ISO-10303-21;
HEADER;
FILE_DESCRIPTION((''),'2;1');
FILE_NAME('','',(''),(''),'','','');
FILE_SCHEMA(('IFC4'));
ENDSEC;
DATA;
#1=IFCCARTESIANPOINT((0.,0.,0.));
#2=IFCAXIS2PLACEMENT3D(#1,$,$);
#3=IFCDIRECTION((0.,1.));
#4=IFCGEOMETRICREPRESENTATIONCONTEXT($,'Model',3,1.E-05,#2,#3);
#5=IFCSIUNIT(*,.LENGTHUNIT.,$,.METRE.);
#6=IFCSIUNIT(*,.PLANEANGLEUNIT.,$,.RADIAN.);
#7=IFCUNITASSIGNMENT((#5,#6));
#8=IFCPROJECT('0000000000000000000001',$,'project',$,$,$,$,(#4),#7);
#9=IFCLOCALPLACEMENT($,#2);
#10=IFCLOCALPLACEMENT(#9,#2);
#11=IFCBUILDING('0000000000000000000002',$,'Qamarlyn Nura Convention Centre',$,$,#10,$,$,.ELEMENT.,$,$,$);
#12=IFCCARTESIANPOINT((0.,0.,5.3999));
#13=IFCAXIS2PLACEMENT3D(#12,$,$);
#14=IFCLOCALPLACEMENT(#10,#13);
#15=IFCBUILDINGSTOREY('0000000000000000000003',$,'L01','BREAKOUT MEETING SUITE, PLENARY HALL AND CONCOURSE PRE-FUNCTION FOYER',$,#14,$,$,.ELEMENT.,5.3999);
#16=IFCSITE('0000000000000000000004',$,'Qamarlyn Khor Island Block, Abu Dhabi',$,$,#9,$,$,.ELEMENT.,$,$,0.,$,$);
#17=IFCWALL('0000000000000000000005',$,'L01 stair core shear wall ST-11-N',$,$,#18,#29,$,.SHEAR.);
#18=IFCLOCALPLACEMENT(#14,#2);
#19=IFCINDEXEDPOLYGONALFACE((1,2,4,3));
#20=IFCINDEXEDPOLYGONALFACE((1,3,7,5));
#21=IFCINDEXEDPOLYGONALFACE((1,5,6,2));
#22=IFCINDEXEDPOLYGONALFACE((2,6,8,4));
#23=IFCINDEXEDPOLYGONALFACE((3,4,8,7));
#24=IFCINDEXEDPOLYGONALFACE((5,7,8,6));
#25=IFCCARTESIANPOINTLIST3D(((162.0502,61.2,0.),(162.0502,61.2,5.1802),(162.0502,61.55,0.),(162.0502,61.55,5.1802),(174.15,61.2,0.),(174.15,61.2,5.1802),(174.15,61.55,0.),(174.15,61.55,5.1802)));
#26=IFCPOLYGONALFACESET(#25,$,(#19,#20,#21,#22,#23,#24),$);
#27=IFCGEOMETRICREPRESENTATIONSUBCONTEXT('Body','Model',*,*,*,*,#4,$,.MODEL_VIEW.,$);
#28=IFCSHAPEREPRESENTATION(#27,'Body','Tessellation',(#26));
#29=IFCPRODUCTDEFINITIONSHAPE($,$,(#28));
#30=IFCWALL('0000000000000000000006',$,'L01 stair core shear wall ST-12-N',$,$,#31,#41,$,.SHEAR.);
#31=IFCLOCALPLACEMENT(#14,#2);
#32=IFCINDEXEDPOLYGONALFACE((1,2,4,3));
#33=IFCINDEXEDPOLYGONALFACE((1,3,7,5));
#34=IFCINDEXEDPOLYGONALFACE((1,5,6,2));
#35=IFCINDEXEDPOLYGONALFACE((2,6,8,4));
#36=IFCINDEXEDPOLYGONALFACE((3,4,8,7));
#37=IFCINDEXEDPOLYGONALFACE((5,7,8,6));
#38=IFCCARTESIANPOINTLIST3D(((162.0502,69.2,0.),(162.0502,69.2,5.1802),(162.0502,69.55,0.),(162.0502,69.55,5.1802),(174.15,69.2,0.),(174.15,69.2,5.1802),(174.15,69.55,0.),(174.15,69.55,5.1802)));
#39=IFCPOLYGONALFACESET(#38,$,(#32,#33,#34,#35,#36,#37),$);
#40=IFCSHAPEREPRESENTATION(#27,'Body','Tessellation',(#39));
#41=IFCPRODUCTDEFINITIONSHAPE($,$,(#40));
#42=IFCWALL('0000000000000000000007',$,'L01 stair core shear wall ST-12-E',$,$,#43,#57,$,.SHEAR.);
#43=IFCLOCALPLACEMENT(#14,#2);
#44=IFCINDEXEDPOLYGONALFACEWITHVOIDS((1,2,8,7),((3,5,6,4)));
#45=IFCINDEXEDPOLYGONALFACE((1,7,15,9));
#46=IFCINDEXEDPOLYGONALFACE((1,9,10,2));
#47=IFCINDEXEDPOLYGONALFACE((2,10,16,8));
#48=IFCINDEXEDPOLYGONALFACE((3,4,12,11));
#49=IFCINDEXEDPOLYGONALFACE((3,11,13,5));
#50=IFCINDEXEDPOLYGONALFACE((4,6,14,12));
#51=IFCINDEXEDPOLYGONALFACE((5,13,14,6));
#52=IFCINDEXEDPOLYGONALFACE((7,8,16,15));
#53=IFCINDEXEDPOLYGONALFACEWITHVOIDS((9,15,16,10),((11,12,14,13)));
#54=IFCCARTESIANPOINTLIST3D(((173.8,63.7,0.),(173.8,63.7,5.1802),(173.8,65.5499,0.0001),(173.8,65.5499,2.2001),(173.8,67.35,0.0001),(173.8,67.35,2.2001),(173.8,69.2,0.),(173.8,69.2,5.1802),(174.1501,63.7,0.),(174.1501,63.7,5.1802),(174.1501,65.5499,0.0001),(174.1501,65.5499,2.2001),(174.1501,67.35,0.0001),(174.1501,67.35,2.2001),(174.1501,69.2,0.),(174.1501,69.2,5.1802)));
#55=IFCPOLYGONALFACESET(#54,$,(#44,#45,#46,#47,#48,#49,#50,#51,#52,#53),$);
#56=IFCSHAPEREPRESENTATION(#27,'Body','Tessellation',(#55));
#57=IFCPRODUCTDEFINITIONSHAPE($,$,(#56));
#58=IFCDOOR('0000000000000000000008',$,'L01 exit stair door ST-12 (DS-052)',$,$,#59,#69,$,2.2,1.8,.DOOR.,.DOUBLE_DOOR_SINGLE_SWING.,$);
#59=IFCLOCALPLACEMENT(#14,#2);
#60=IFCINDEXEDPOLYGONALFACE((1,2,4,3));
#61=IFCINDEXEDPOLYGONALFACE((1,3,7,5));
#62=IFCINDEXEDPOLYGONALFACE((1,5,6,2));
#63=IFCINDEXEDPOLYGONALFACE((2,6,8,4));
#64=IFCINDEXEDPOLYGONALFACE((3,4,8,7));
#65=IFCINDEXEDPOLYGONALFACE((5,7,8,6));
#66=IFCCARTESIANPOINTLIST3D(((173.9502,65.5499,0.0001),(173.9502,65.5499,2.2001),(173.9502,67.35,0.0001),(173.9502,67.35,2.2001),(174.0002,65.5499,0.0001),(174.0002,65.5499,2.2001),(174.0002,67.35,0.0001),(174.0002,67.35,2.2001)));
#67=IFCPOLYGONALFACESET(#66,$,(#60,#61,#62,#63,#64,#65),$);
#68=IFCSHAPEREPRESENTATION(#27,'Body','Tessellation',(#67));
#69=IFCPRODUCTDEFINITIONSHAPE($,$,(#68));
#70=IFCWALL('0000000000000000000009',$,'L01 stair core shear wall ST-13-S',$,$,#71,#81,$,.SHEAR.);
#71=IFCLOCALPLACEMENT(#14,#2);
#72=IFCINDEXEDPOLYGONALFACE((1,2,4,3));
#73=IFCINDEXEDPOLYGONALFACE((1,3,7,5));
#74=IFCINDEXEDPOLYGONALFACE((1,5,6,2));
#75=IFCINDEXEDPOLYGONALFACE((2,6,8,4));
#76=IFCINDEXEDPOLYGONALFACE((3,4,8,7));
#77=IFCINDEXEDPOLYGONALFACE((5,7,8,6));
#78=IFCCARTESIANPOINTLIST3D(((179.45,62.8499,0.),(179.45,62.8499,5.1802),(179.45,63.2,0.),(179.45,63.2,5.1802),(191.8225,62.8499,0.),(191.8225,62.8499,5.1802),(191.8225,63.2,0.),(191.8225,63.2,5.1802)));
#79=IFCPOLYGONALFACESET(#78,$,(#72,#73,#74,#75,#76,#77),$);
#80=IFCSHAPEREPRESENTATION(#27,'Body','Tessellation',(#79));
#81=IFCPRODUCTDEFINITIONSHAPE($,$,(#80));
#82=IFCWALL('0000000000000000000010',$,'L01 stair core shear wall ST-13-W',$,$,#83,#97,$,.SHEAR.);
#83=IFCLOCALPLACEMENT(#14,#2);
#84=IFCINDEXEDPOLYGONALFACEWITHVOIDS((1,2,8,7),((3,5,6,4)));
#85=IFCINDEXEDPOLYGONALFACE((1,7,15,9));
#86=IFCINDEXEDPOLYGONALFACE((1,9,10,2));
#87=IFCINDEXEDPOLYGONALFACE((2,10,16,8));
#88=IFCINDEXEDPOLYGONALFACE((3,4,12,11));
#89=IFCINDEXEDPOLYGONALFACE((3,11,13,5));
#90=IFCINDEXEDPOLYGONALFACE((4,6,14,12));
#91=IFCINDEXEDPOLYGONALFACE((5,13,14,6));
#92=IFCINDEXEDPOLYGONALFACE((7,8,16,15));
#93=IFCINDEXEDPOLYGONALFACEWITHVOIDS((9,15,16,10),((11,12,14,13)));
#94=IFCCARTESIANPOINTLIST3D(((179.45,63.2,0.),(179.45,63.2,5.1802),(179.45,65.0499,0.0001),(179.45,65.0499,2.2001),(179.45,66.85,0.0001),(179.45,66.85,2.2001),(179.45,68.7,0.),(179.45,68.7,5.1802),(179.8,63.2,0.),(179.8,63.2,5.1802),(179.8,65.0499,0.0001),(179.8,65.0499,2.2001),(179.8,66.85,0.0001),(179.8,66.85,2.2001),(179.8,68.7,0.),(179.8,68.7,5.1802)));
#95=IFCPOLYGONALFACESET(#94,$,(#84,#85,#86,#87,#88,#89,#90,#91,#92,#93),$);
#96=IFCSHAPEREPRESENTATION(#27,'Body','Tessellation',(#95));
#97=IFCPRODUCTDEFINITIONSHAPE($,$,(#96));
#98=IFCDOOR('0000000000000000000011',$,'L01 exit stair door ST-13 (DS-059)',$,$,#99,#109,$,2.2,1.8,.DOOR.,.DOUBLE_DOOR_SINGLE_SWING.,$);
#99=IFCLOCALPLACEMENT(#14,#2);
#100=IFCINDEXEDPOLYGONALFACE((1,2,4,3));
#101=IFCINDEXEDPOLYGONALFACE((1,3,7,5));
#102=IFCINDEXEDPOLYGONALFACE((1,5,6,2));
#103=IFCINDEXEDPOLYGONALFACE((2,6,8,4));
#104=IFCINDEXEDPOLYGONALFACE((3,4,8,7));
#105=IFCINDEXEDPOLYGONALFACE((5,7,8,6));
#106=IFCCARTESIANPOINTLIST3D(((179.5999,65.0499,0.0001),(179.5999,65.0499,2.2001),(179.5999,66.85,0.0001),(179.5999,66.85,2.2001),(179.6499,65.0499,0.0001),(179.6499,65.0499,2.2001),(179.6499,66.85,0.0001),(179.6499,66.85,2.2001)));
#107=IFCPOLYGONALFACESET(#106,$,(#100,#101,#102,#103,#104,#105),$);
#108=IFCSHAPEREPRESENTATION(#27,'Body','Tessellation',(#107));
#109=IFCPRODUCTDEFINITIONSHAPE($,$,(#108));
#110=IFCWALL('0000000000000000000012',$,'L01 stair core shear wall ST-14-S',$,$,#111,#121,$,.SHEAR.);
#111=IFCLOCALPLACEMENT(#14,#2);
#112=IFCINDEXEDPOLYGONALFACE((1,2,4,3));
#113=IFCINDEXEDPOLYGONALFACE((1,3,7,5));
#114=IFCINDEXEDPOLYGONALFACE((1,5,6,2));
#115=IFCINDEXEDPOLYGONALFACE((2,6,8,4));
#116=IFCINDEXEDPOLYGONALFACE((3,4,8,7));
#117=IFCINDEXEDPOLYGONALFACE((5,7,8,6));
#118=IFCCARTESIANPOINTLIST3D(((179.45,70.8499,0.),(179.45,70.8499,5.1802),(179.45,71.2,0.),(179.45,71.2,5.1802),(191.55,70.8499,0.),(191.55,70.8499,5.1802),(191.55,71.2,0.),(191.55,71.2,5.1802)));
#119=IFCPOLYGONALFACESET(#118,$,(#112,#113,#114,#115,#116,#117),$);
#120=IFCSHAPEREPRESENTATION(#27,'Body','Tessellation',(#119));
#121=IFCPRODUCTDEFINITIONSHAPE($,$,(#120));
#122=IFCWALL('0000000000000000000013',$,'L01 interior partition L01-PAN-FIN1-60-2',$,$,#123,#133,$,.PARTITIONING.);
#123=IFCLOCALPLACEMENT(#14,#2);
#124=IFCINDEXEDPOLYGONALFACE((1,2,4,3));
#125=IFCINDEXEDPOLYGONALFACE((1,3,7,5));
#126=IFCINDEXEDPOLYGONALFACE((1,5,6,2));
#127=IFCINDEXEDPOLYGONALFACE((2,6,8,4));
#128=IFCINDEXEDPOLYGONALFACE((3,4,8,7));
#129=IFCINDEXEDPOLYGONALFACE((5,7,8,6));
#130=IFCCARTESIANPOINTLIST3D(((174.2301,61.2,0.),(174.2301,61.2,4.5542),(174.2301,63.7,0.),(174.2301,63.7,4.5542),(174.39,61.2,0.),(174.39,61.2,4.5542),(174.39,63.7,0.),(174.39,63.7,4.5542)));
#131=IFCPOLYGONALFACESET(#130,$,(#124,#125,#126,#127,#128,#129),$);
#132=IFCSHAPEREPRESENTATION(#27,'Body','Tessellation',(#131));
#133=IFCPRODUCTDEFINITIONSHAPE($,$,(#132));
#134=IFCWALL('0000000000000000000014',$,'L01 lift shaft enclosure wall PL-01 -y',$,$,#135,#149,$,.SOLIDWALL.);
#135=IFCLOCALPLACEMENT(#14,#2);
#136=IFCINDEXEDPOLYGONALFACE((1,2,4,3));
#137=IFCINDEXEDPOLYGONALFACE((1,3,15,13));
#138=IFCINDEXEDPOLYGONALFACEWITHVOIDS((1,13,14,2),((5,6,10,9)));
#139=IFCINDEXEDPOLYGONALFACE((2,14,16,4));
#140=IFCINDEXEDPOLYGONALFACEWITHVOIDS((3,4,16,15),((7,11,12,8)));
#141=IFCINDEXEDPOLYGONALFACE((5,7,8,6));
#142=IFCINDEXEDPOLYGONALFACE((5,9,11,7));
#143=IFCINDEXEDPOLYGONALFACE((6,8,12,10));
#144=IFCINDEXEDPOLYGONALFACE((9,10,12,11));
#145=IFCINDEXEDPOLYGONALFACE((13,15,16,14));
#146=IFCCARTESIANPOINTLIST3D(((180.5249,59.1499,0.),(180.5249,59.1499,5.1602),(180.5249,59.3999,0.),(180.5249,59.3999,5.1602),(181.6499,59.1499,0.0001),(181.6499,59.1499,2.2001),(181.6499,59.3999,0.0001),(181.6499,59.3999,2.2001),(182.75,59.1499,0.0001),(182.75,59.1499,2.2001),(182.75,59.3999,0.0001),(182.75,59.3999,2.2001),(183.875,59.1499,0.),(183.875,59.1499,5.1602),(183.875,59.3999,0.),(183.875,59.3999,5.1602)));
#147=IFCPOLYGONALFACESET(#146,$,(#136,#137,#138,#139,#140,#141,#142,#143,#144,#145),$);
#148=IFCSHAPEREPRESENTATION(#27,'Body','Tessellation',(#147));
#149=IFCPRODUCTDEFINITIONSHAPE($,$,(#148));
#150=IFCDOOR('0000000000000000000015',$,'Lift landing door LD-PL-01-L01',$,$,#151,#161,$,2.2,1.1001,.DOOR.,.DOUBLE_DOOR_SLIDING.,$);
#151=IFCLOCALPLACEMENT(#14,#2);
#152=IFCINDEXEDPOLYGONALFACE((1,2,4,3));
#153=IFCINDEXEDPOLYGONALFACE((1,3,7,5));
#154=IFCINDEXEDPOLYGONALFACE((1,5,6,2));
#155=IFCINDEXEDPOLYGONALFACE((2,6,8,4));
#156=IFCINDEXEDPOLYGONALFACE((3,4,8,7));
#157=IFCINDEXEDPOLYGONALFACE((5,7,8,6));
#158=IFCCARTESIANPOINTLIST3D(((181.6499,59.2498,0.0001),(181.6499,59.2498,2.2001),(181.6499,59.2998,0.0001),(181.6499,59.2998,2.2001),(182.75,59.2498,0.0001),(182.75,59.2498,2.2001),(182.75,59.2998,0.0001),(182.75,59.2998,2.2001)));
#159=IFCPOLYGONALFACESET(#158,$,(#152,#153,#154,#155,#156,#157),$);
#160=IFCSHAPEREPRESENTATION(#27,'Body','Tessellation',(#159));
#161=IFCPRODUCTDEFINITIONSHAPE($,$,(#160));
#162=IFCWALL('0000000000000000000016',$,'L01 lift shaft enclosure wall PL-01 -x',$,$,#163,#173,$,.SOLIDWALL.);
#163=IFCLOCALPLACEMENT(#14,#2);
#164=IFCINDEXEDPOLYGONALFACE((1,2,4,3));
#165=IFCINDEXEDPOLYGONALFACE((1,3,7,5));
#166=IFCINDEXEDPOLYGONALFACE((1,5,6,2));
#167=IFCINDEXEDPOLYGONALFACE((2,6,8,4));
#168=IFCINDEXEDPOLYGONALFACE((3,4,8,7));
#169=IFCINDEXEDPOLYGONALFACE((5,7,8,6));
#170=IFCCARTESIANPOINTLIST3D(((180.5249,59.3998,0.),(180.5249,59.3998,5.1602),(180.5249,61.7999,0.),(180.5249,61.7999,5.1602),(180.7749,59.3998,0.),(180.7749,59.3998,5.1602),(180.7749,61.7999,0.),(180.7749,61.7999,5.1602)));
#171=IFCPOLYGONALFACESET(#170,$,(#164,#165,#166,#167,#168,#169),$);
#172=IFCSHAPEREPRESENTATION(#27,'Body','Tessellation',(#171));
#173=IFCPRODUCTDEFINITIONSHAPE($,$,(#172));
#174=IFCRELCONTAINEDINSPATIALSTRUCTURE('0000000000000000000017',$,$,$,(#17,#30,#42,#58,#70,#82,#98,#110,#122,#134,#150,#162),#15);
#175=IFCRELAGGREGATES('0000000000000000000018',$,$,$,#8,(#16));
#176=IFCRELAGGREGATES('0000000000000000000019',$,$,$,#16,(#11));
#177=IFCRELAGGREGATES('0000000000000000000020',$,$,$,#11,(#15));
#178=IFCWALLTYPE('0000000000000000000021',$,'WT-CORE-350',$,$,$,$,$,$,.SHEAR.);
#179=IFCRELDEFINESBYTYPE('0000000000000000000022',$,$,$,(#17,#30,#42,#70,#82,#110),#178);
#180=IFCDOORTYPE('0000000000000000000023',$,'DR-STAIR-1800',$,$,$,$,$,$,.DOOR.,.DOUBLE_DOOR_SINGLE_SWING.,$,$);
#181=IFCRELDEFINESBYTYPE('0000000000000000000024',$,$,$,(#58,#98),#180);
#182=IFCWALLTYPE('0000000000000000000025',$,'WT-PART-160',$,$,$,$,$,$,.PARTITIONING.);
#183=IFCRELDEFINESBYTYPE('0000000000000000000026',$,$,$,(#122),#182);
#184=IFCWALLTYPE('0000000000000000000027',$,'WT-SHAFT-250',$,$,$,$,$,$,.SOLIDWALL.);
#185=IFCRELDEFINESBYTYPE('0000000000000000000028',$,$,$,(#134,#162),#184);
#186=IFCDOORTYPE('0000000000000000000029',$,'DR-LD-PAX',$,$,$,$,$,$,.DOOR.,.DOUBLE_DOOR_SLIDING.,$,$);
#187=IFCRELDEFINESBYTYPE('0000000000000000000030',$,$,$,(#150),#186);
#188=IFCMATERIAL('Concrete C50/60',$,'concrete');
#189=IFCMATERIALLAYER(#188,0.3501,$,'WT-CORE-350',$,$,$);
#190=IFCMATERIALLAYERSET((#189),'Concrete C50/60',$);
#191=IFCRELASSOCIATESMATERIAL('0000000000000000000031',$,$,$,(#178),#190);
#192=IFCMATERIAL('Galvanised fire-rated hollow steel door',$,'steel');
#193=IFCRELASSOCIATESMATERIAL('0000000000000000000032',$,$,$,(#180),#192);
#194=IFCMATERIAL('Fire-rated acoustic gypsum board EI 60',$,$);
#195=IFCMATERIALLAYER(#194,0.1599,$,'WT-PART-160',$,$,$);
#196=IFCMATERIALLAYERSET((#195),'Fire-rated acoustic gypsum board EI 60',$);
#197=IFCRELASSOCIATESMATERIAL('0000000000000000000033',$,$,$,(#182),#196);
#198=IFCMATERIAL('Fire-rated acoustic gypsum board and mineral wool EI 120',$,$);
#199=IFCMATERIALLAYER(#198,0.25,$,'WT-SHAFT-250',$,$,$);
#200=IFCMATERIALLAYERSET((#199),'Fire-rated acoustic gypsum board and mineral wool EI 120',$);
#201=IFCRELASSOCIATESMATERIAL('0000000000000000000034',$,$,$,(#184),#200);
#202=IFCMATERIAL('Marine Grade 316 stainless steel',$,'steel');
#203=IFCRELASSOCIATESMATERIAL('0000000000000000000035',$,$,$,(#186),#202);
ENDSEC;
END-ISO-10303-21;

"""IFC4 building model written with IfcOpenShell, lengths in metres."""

from ifc_helpers import new_model, si_unit, direction, frame, frame_2d, origin, place, context, subcontext, project, spatial, rectangle, extrude, material, layer, layer_set, type_object, element, fill, save


model = new_model("IFC4")

# Units and contexts
model_context = context("Model", 3, precision=1e-05, world=origin(), true_north=direction((0.0, 1.0)))
body_context = subcontext(model_context, "Body", "Model", "MODEL_VIEW")
ifc_project = project(units=[si_unit("LENGTHUNIT", "METRE"), si_unit("PLANEANGLEUNIT", "RADIAN")], contexts=[model_context])

# Site, building, storey
site_placement = place(None, origin())
site = spatial("IfcSite", under=ifc_project, at=site_placement, Name="Qamarlyn Khor Island Block, Abu Dhabi", CompositionType="ELEMENT", RefElevation=0.0)
building_placement = place(site_placement, origin())
building = spatial("IfcBuilding", under=site, at=building_placement, Name="Qamarlyn Nura Convention Centre", CompositionType="ELEMENT")
storey_placement = place(building_placement, frame((0.0, 0.0, 5.3999)))
storey = spatial("IfcBuildingStorey", under=building, at=storey_placement, Name="L01", Description="BREAKOUT MEETING SUITE, PLENARY HALL AND CONCOURSE PRE-FUNCTION FOYER", CompositionType="ELEMENT", Elevation=5.3999)

# Walls
ifc_material_1 = material(Name="Concrete C50/60", Category="concrete")
ifc_layer_1 = layer(ifc_material_1, 0.3501, Name="WT-CORE-350")
ifc_layer_set_1 = layer_set([ifc_layer_1], Name="Concrete C50/60")
wall_type_1 = type_object("IfcWallType", Name="WT-CORE-350", PredefinedType="SHEAR", material=ifc_layer_set_1)
for number, where, z_axis, x_axis, name in (
    (1, (174.1499, 61.375, 0.0), (0.0, 0.0, 1.0), (-1.0, 0.0, 0.0), "L01 stair core shear wall ST-11-N"),
    (2, (174.1499, 69.375, 0.0), (0.0, 0.0, 1.0), (-1.0, 0.0, 0.0), "L01 stair core shear wall ST-12-N"),
):
    element("IfcWall", number, at=place(storey_placement, frame(where, z_axis=z_axis, x_axis=x_axis)), inside=storey, type_object=wall_type_1, Name=name, PredefinedType="SHEAR", context=body_context, shape_type="SweptSolid", body=[
        extrude(rectangle(XDim=12.0999, YDim=0.3501, at=frame_2d((6.0498, 0.0))), origin(), (0.0, 0.0, 1.0), 5.1802),
    ])

# Wall, opening, door
wall_1_placement = place(storey_placement, frame((173.9751, 63.7, 0.0), z_axis=(0.0, 0.0, 1.0), x_axis=(0.0, 1.0, 0.0)))
wall_1 = element("IfcWall", 3, at=wall_1_placement, inside=storey, type_object=wall_type_1, Name="L01 stair core shear wall ST-12-E", PredefinedType="SHEAR", context=body_context, shape_type="SweptSolid", body=[
    extrude(rectangle(XDim=5.5, YDim=0.3501, at=frame_2d((2.75, 0.0))), origin(), (0.0, 0.0, 1.0), 5.1802),
])
opening_1_placement = place(wall_1_placement, frame((1.8501, 0.0, 0.0)))
opening_1 = element("IfcOpeningElement", 4, at=opening_1_placement, cuts=wall_1, PredefinedType="OPENING", context=body_context, shape_type="SweptSolid", body=[
    extrude(rectangle(XDim=1.8, YDim=2.2, at=frame_2d((0.8999, 1.1001))), frame((0.0, 0.1851, 0.0), z_axis=(0.0, -1.0, 0.0), x_axis=(1.0, 0.0, 0.0)), (0.0, 0.0, 1.0), 0.3701),
])
ifc_material_2 = material(Name="Galvanised fire-rated hollow steel door", Category="steel")
door_type_1 = type_object("IfcDoorType", Name="DR-STAIR-1800", OperationType="DOUBLE_DOOR_SINGLE_SWING", PredefinedType="DOOR", material=ifc_material_2)
door_1_placement = place(opening_1_placement, origin())
door_1 = element("IfcDoor", 5, at=door_1_placement, inside=storey, type_object=door_type_1, Name="L01 exit stair door ST-12 (DS-052)", OperationType="DOUBLE_DOOR_SINGLE_SWING", OverallHeight=2.2, OverallWidth=1.8, PredefinedType="DOOR", context=body_context, shape_type="SweptSolid", body=[
    extrude(rectangle(XDim=1.8, YDim=2.2, at=frame_2d((0.8999, 1.1001))), frame((0.0, 0.0249, 0.0), z_axis=(0.0, -1.0, 0.0), x_axis=(1.0, 0.0, 0.0)), (0.0, 0.0, 1.0), 0.05),
])
fill(opening_1, door_1)

# Wall
wall_2_placement = place(storey_placement, frame((179.45, 63.0249, 0.0), z_axis=(0.0, 0.0, 1.0), x_axis=(1.0, 0.0, 0.0)))
element("IfcWall", 6, at=wall_2_placement, inside=storey, type_object=wall_type_1, Name="L01 stair core shear wall ST-13-S", PredefinedType="SHEAR", context=body_context, shape_type="SweptSolid", body=[
    extrude(rectangle(XDim=12.3726, YDim=0.3501, at=frame_2d((6.1863, 0.0))), origin(), (0.0, 0.0, 1.0), 5.1802),
])

# Wall, opening, door
wall_3_placement = place(storey_placement, frame((179.625, 68.7, 0.0), z_axis=(0.0, 0.0, 1.0), x_axis=(0.0, -1.0, 0.0)))
wall_3 = element("IfcWall", 7, at=wall_3_placement, inside=storey, type_object=wall_type_1, Name="L01 stair core shear wall ST-13-W", PredefinedType="SHEAR", context=body_context, shape_type="SweptSolid", body=[
    extrude(rectangle(XDim=5.5, YDim=0.3501, at=frame_2d((2.75, 0.0))), origin(), (0.0, 0.0, 1.0), 5.1802),
])
opening_2_placement = place(wall_3_placement, frame((1.8501, 0.0, 0.0)))
opening_2 = element("IfcOpeningElement", 8, at=opening_2_placement, cuts=wall_3, PredefinedType="OPENING", context=body_context, shape_type="SweptSolid", body=[
    extrude(rectangle(XDim=1.8, YDim=2.2, at=frame_2d((0.8999, 1.1001))), frame((0.0, 0.1851, 0.0), z_axis=(0.0, -1.0, 0.0), x_axis=(1.0, 0.0, 0.0)), (0.0, 0.0, 1.0), 0.3701),
])
door_2_placement = place(opening_2_placement, origin())
door_2 = element("IfcDoor", 9, at=door_2_placement, inside=storey, type_object=door_type_1, Name="L01 exit stair door ST-13 (DS-059)", OperationType="DOUBLE_DOOR_SINGLE_SWING", OverallHeight=2.2, OverallWidth=1.8, PredefinedType="DOOR", context=body_context, shape_type="SweptSolid", body=[
    extrude(rectangle(XDim=1.8, YDim=2.2, at=frame_2d((0.8999, 1.1001))), frame((0.0, 0.0249, 0.0), z_axis=(0.0, -1.0, 0.0), x_axis=(1.0, 0.0, 0.0)), (0.0, 0.0, 1.0), 0.05),
])
fill(opening_2, door_2)

# Walls
wall_4_placement = place(storey_placement, frame((179.45, 71.0249, 0.0), z_axis=(0.0, 0.0, 1.0), x_axis=(1.0, 0.0, 0.0)))
element("IfcWall", 10, at=wall_4_placement, inside=storey, type_object=wall_type_1, Name="L01 stair core shear wall ST-14-S", PredefinedType="SHEAR", context=body_context, shape_type="SweptSolid", body=[
    extrude(rectangle(XDim=12.1001, YDim=0.3501, at=frame_2d((6.05, 0.0))), origin(), (0.0, 0.0, 1.0), 5.1802),
])
ifc_material_3 = material(Name="Fire-rated acoustic gypsum board EI 60")
ifc_layer_2 = layer(ifc_material_3, 0.1599, Name="WT-PART-160")
ifc_layer_set_2 = layer_set([ifc_layer_2], Name="Fire-rated acoustic gypsum board EI 60")
wall_type_2 = type_object("IfcWallType", Name="WT-PART-160", PredefinedType="PARTITIONING", material=ifc_layer_set_2)
wall_5_placement = place(storey_placement, frame((174.3101, 63.7, 0.0), z_axis=(0.0, 0.0, 1.0), x_axis=(0.0, -1.0, 0.0)))
element("IfcWall", 11, at=wall_5_placement, inside=storey, type_object=wall_type_2, Name="L01 interior partition L01-PAN-FIN1-60-2", PredefinedType="PARTITIONING", context=body_context, shape_type="SweptSolid", body=[
    extrude(rectangle(XDim=2.5, YDim=0.1599, at=frame_2d((1.25, 0.0))), origin(), (0.0, 0.0, 1.0), 4.5542),
])

# Wall, opening, door
ifc_material_4 = material(Name="Fire-rated acoustic gypsum board and mineral wool EI 120")
ifc_layer_3 = layer(ifc_material_4, 0.25, Name="WT-SHAFT-250")
ifc_layer_set_3 = layer_set([ifc_layer_3], Name="Fire-rated acoustic gypsum board and mineral wool EI 120")
wall_type_3 = type_object("IfcWallType", Name="WT-SHAFT-250", PredefinedType="SOLIDWALL", material=ifc_layer_set_3)
wall_6_placement = place(storey_placement, frame((180.5249, 59.2749, 0.0), z_axis=(0.0, 0.0, 1.0), x_axis=(1.0, 0.0, 0.0)))
wall_6 = element("IfcWall", 12, at=wall_6_placement, inside=storey, type_object=wall_type_3, Name="L01 lift shaft enclosure wall PL-01 -y", PredefinedType="SOLIDWALL", context=body_context, shape_type="SweptSolid", body=[
    extrude(rectangle(XDim=3.3501, YDim=0.25, at=frame_2d((1.675, 0.0))), origin(), (0.0, 0.0, 1.0), 5.1602),
])
opening_3_placement = place(wall_6_placement, frame((1.125, 0.0, 0.0)))
opening_3 = element("IfcOpeningElement", 13, at=opening_3_placement, cuts=wall_6, PredefinedType="OPENING", context=body_context, shape_type="SweptSolid", body=[
    extrude(rectangle(XDim=1.1001, YDim=2.2, at=frame_2d((0.55, 1.1001))), frame((0.0, 0.135, 0.0), z_axis=(0.0, -1.0, 0.0), x_axis=(1.0, 0.0, 0.0)), (0.0, 0.0, 1.0), 0.27),
])
ifc_material_5 = material(Name="Marine Grade 316 stainless steel", Category="steel")
door_type_2 = type_object("IfcDoorType", Name="DR-LD-PAX", OperationType="DOUBLE_DOOR_SLIDING", PredefinedType="DOOR", material=ifc_material_5)
door_3_placement = place(opening_3_placement, origin())
door_3 = element("IfcDoor", 14, at=door_3_placement, inside=storey, type_object=door_type_2, Name="Lift landing door LD-PL-01-L01", OperationType="DOUBLE_DOOR_SLIDING", OverallHeight=2.2, OverallWidth=1.1001, PredefinedType="DOOR", context=body_context, shape_type="SweptSolid", body=[
    extrude(rectangle(XDim=1.1001, YDim=2.2, at=frame_2d((0.55, 1.1001))), frame((0.0, 0.0249, 0.0), z_axis=(0.0, -1.0, 0.0), x_axis=(1.0, 0.0, 0.0)), (0.0, 0.0, 1.0), 0.05),
])
fill(opening_3, door_3)

# Wall
wall_7_placement = place(storey_placement, frame((180.6499, 61.8, 0.0), z_axis=(0.0, 0.0, 1.0), x_axis=(0.0, -1.0, 0.0)))
element("IfcWall", 15, at=wall_7_placement, inside=storey, type_object=wall_type_3, Name="L01 lift shaft enclosure wall PL-01 -x", PredefinedType="SOLIDWALL", context=body_context, shape_type="SweptSolid", body=[
    extrude(rectangle(XDim=2.4001, YDim=0.25, at=frame_2d((1.2002, 0.0))), origin(), (0.0, 0.0, 1.0), 5.1602),
])

save(model, "model.ifc")
